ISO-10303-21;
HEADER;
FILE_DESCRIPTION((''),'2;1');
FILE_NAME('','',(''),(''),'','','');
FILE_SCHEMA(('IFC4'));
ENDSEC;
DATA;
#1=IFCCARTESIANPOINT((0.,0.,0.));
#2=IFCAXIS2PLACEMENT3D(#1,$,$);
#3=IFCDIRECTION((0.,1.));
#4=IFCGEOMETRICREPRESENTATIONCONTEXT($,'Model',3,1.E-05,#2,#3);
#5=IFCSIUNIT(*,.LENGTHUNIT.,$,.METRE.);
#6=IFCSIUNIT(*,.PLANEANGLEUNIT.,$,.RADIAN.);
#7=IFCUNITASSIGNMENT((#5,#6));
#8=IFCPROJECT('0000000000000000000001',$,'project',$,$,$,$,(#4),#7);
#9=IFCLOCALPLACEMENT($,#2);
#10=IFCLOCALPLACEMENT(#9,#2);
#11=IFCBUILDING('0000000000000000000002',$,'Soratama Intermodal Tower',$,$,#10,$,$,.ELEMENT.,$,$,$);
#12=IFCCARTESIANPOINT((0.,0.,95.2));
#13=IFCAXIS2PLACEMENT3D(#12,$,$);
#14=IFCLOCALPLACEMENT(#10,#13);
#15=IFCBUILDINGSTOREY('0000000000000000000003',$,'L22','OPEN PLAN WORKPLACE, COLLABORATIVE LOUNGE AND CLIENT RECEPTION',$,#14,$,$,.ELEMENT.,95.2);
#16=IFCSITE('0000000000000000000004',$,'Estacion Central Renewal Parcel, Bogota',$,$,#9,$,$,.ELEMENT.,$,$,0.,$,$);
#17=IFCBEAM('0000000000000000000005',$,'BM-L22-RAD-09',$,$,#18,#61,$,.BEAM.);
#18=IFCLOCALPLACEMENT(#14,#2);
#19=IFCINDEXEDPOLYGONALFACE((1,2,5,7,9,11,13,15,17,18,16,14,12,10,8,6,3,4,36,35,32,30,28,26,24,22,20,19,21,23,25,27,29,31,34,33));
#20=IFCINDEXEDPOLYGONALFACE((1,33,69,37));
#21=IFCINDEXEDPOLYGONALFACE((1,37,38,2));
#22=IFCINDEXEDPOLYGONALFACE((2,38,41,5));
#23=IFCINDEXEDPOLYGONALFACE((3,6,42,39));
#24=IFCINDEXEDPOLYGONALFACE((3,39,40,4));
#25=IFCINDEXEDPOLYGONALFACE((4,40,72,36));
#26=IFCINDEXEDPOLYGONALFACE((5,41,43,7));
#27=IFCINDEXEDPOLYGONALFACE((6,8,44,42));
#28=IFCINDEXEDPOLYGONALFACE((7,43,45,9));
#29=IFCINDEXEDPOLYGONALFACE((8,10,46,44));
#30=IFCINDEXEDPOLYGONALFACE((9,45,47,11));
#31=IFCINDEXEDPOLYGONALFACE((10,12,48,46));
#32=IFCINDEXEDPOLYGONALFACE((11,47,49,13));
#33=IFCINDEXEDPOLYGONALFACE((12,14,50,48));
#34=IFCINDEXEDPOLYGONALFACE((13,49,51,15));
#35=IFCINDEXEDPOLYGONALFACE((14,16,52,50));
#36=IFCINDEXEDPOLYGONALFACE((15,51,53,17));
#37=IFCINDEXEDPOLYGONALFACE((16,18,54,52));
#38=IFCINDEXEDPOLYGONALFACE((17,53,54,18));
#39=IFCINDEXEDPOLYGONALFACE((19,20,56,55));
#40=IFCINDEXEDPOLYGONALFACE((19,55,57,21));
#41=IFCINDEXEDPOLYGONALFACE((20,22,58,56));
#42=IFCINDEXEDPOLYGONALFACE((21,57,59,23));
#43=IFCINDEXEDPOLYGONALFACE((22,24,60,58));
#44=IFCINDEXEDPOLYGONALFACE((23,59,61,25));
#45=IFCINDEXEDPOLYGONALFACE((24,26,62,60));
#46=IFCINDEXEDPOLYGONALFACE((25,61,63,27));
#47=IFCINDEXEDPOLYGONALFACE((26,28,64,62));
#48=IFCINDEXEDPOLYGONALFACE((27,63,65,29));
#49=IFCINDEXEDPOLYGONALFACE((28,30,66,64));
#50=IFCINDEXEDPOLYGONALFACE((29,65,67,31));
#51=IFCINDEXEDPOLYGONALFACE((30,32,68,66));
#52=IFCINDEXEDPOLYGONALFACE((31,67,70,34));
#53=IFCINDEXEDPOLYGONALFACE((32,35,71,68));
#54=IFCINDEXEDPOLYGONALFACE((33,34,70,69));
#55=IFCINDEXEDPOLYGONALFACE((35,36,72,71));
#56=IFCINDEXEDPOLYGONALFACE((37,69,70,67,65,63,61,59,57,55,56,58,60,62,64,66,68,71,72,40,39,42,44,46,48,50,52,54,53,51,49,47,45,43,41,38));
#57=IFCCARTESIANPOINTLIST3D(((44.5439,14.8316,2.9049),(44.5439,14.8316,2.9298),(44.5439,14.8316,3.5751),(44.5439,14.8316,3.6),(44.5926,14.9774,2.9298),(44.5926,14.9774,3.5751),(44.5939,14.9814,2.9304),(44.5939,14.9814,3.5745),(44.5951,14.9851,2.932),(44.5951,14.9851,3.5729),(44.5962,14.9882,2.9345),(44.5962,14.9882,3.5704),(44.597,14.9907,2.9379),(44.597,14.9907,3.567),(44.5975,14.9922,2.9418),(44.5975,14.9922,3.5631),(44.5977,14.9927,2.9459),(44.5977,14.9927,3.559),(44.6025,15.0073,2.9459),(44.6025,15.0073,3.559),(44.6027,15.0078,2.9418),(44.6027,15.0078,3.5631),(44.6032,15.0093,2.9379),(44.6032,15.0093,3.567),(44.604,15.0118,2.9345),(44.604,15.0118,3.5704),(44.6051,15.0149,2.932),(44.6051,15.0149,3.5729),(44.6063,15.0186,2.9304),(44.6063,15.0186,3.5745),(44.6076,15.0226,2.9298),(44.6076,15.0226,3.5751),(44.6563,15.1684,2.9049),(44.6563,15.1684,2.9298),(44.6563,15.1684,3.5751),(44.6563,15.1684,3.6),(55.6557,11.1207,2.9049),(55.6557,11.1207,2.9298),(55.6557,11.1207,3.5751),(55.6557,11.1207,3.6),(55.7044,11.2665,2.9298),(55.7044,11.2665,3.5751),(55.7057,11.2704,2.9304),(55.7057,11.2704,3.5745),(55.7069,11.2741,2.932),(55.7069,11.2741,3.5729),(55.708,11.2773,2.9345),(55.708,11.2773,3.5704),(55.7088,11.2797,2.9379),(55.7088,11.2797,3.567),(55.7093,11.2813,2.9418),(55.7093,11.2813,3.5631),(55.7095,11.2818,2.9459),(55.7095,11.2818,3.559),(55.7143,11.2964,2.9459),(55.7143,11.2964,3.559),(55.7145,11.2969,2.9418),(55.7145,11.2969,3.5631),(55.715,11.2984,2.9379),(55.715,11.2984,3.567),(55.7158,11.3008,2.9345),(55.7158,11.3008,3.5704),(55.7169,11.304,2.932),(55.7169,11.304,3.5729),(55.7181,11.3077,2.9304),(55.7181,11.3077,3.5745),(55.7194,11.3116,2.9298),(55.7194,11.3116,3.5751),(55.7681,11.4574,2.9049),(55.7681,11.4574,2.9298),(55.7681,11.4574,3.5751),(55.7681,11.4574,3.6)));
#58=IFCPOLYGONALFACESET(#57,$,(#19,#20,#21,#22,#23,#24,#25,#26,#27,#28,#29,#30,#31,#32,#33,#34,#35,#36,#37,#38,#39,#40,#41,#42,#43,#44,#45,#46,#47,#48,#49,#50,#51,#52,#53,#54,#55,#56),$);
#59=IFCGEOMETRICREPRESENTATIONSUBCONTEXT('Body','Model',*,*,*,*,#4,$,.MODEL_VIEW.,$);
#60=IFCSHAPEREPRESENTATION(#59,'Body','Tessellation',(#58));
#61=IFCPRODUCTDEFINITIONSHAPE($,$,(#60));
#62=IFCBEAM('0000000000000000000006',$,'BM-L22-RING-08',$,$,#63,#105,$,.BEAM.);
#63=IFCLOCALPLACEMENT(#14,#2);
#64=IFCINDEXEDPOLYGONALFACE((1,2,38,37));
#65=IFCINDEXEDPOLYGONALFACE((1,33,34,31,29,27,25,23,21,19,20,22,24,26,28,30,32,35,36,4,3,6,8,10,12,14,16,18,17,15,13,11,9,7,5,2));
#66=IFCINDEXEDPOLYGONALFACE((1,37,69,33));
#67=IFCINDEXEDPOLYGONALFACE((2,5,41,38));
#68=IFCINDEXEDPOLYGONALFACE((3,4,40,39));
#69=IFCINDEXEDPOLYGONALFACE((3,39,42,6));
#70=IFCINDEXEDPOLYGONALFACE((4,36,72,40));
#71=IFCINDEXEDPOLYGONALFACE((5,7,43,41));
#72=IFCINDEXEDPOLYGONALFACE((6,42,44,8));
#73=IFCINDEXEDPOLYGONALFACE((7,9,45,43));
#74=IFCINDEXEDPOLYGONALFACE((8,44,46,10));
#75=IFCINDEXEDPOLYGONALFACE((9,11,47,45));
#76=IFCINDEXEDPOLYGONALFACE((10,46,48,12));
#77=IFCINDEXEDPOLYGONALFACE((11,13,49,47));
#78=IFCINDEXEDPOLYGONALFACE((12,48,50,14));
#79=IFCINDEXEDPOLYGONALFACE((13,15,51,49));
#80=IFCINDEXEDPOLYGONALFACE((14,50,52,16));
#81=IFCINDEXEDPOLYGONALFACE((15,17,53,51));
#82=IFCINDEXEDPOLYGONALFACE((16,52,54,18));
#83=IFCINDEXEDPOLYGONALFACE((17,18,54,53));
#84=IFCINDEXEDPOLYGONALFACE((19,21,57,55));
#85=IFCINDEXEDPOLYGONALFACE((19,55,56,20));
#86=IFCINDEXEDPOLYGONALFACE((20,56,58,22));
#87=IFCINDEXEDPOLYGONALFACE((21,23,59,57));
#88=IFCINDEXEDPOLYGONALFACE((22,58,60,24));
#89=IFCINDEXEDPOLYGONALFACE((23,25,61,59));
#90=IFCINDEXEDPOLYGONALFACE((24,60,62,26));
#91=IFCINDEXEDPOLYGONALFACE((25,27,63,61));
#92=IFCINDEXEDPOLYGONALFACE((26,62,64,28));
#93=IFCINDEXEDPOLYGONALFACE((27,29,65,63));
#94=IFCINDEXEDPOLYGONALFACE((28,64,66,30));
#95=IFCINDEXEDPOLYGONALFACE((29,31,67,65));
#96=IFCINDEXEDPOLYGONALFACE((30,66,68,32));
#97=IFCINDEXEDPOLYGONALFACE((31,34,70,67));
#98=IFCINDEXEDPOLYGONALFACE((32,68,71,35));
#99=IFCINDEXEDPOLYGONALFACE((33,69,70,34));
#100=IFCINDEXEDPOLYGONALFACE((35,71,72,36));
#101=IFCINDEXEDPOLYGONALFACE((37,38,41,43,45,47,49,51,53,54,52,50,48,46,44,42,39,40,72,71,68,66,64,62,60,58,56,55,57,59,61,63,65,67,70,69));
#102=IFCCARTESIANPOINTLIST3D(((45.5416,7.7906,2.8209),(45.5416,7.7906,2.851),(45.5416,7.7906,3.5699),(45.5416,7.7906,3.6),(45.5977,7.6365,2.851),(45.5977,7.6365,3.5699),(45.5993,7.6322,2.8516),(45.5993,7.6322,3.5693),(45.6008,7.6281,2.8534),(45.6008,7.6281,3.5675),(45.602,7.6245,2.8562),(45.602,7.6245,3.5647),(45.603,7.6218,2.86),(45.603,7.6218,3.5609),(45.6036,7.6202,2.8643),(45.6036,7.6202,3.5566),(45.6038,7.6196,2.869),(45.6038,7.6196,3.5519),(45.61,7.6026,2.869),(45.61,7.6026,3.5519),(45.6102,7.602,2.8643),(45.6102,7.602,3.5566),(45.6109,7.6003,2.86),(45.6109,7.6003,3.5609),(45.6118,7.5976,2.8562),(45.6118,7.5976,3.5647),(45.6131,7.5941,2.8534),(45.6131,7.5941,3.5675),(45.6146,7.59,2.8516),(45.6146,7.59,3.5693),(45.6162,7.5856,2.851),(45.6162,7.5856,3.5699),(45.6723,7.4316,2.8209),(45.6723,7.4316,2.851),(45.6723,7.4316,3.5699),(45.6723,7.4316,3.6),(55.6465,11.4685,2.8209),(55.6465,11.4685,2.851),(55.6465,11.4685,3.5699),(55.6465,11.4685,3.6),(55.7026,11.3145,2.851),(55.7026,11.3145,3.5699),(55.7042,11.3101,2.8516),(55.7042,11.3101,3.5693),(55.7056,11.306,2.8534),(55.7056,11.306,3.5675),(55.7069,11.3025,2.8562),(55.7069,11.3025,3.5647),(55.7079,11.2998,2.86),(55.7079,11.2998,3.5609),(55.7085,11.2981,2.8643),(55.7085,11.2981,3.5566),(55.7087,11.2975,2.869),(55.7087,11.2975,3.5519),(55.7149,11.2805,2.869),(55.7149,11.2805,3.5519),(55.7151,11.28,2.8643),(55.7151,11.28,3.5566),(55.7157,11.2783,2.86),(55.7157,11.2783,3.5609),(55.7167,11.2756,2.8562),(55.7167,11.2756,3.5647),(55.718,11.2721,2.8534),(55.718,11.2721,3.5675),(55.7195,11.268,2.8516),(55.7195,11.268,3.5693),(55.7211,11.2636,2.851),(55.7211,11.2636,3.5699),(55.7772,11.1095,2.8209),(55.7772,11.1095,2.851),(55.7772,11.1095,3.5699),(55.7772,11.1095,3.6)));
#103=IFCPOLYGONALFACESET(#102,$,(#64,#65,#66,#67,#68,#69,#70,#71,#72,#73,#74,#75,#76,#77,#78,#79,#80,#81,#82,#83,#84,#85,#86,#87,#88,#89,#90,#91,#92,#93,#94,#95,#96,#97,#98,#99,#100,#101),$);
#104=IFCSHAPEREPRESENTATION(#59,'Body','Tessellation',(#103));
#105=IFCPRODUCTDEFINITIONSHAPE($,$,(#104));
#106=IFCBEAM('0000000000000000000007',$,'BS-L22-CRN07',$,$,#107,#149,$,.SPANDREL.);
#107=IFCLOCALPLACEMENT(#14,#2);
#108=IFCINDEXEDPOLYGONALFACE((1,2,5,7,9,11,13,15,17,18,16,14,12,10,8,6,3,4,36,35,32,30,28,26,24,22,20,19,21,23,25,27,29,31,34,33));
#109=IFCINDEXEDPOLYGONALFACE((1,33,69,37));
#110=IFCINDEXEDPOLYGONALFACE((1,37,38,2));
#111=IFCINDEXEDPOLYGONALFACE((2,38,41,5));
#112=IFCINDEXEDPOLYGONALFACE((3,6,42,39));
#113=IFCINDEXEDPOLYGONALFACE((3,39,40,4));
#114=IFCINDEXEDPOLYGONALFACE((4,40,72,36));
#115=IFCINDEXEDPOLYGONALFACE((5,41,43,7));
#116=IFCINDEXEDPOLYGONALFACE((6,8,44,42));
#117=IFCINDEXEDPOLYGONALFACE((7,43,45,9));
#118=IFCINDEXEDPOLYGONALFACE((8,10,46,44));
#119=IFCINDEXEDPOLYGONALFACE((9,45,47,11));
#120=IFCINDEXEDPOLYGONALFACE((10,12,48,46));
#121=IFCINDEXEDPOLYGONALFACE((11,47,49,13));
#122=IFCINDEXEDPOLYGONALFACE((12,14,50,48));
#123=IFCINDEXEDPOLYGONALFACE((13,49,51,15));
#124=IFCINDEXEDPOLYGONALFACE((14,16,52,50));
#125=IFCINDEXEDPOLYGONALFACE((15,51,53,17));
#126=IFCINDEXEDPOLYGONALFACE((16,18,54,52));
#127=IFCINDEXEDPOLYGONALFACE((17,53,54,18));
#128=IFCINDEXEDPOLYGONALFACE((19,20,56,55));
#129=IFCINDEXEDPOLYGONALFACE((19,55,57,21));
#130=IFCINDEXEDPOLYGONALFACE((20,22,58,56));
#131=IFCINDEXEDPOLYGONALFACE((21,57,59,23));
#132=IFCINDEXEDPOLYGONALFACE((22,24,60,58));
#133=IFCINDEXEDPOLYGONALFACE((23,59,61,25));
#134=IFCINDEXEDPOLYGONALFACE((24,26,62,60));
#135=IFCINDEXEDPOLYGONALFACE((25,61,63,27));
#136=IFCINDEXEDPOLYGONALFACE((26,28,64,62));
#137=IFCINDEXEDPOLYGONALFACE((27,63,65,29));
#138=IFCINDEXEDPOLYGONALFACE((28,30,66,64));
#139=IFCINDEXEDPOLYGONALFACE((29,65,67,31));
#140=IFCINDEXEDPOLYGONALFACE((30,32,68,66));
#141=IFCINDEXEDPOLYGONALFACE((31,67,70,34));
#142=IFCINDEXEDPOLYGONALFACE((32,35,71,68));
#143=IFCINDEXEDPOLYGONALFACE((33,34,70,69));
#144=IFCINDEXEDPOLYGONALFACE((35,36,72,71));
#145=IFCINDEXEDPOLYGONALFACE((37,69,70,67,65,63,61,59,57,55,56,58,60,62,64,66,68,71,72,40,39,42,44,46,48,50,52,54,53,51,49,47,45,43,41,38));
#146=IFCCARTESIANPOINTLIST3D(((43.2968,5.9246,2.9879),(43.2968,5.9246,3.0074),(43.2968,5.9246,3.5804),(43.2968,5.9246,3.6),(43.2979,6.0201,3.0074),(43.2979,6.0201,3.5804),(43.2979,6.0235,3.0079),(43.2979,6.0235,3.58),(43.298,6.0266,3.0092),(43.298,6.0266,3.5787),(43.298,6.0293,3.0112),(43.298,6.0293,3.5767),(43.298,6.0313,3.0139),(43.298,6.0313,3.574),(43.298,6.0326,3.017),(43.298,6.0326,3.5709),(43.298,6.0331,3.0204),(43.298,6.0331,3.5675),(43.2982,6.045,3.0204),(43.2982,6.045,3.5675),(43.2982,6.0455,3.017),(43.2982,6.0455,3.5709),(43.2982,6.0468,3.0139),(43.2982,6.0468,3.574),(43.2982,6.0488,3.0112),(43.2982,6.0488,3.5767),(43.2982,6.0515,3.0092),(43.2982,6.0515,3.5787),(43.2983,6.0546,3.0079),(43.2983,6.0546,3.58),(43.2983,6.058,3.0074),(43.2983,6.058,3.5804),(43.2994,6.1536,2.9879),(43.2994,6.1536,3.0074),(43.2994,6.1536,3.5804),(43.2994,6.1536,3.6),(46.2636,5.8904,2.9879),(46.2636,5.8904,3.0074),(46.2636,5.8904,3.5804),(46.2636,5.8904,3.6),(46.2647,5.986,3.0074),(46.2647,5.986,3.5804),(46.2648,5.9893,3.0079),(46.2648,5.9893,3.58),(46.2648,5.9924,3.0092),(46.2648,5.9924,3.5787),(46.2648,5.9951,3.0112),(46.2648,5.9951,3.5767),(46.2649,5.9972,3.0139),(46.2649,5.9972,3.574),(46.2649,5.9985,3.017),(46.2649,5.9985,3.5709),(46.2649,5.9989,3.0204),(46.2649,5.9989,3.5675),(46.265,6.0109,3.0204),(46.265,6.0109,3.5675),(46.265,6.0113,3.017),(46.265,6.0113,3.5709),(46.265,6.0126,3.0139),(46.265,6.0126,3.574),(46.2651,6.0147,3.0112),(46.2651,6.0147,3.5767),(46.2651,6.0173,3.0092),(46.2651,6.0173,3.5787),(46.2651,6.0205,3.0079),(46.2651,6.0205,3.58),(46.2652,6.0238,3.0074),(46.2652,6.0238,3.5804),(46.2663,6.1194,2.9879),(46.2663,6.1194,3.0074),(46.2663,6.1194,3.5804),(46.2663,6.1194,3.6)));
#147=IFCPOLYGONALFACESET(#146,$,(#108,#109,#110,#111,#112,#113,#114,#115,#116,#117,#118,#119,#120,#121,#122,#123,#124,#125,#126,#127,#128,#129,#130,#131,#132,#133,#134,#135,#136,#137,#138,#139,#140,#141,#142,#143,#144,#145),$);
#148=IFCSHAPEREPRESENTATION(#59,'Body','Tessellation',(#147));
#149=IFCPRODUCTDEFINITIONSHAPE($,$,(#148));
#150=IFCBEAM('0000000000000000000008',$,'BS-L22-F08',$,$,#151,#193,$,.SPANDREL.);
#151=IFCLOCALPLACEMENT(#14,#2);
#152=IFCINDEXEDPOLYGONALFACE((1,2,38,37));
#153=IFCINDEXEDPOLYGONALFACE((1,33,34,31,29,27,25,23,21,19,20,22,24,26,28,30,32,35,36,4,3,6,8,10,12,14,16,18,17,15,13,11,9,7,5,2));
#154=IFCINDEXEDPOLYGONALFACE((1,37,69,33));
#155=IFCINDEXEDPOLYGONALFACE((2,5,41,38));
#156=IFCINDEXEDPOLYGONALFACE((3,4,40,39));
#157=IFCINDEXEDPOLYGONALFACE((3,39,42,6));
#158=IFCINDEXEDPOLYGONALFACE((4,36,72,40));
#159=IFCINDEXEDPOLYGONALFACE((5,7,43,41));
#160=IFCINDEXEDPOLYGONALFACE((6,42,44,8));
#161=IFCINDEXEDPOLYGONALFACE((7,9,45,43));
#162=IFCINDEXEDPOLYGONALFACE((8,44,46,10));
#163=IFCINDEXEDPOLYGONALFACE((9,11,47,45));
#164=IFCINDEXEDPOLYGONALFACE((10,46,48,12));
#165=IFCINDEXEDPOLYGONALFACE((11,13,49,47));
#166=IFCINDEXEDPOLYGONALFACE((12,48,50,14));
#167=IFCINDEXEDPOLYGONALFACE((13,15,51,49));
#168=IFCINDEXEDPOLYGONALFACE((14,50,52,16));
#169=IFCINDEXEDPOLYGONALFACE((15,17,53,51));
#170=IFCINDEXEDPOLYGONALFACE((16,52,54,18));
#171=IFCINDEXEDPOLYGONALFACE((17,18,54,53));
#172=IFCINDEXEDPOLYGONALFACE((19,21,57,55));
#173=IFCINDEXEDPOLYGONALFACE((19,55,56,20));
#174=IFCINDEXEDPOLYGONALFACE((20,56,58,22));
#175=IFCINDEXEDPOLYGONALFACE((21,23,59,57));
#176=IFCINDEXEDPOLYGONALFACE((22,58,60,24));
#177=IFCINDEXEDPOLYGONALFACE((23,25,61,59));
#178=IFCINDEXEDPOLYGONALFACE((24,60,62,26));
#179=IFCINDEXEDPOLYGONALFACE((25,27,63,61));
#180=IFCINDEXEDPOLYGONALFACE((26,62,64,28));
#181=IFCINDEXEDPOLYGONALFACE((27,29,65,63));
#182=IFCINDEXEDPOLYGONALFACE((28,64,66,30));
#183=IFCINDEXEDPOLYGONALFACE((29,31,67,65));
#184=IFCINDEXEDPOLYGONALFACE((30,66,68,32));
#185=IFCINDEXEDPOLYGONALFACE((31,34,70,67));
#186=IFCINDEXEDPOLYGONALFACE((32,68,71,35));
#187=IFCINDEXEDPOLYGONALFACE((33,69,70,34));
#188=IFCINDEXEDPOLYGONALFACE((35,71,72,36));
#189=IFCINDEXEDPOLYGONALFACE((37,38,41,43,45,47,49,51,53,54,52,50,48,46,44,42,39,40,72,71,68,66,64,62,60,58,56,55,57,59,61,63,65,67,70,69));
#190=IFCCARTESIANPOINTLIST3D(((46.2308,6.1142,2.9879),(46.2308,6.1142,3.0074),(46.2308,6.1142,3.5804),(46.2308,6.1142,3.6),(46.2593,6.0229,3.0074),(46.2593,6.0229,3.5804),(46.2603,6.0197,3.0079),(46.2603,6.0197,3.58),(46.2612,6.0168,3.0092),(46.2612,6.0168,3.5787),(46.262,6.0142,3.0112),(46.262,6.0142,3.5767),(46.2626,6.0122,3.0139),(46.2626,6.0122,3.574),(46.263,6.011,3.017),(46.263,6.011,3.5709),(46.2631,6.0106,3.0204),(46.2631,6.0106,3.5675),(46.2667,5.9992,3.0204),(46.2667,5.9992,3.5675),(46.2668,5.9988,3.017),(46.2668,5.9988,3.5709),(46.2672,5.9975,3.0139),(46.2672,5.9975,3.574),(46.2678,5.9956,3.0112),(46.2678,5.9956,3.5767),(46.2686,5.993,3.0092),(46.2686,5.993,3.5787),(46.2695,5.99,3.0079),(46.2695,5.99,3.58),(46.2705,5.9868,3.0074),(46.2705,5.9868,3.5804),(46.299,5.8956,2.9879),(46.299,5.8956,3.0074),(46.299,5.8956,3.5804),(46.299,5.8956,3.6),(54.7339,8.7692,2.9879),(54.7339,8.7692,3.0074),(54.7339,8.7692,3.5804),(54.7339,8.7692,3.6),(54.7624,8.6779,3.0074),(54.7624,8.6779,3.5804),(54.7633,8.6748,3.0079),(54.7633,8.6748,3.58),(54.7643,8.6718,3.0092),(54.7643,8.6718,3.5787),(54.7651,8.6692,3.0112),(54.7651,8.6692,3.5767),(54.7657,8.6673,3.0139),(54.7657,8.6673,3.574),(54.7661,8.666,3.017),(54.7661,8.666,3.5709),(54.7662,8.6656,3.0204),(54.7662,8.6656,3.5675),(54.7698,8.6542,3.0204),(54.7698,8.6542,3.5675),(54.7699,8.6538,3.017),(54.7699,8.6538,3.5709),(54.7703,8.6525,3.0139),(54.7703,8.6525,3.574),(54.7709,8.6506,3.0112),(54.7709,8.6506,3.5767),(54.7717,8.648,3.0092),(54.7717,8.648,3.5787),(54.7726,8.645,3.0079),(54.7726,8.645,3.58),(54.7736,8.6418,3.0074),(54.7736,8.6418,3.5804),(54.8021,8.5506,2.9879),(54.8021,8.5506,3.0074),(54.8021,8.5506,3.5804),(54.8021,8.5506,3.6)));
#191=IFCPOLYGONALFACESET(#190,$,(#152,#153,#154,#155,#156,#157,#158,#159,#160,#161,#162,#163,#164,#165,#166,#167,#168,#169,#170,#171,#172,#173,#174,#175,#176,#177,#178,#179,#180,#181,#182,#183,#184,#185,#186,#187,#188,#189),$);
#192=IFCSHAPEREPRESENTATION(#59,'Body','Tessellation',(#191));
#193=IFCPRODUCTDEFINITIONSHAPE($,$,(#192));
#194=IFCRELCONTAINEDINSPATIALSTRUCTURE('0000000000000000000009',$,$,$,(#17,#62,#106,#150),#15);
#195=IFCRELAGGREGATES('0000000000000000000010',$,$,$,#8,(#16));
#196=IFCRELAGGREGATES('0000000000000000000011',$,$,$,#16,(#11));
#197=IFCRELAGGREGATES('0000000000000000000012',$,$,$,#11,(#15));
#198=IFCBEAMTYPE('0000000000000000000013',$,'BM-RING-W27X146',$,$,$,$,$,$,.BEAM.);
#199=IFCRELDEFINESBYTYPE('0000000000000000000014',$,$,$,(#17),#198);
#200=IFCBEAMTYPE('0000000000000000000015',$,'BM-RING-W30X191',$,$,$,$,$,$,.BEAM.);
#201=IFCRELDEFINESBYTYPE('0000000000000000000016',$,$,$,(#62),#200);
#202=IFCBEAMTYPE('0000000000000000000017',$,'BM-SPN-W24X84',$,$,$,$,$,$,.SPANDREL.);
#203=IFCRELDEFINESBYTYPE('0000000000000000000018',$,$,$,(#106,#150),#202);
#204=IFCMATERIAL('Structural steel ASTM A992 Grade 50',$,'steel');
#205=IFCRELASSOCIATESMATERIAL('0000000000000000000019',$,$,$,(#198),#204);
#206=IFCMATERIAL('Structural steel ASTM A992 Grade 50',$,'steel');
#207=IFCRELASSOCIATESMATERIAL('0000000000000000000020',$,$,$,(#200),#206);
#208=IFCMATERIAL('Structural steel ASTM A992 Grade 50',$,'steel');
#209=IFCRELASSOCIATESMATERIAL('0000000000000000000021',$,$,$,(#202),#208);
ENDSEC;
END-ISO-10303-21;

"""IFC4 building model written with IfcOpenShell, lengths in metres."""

from ifc_helpers import new_model, si_unit, direction, frame, origin, origin_2d, place, context, subcontext, project, spatial, i_section, extrude, material, material_profile, profile_set, type_object, element, save


model = new_model("IFC4")

# Units and contexts
model_context = context("Model", 3, precision=1e-05, world=origin(), true_north=direction((0.0, 1.0)))
body_context = subcontext(model_context, "Body", "Model", "MODEL_VIEW")
ifc_project = project(units=[si_unit("LENGTHUNIT", "METRE"), si_unit("PLANEANGLEUNIT", "RADIAN")], contexts=[model_context])

# Site, building, storey
site_placement = place(None, origin())
site = spatial("IfcSite", under=ifc_project, at=site_placement, Name="Estacion Central Renewal Parcel, Bogota", CompositionType="ELEMENT", RefElevation=0.0)
building_placement = place(site_placement, origin())
building = spatial("IfcBuilding", under=site, at=building_placement, Name="Soratama Intermodal Tower", CompositionType="ELEMENT")
storey_placement = place(building_placement, frame((0.0, 0.0, 95.2)))
storey = spatial("IfcBuildingStorey", under=building, at=storey_placement, Name="L22", Description="OPEN PLAN WORKPLACE, COLLABORATIVE LOUNGE AND CLIENT RECEPTION", CompositionType="ELEMENT", Elevation=95.2)

# Beams
ifc_material_1 = material(Name="Structural steel ASTM A992 Grade 50", Category="steel")
ifc_material_profile_1 = material_profile(ifc_material_1, i_section(OverallWidth=0.355, OverallDepth=0.6951, WebThickness=0.0154, FlangeThickness=0.0249, FilletRadius=0.0161, at=origin_2d()), Name="W27X146")
ifc_profile_set_1 = profile_set([ifc_material_profile_1], Name="Structural steel ASTM A992 Grade 50")
beam_type_1 = type_object("IfcBeamType", Name="BM-RING-W27X146", PredefinedType="BEAM", material=ifc_profile_set_1)
beam_1_placement = place(storey_placement, frame((44.6001, 15.0, 3.2524), z_axis=(0.948504, -0.316765, 0.0), x_axis=(0.316765, 0.948504, 0.0)))
element("IfcBeam", 1, at=beam_1_placement, inside=storey, type_object=beam_type_1, Name="BM-L22-RAD-09", PredefinedType="BEAM", context=body_context, shape_type="SweptSolid", body=[
    extrude(i_section(OverallWidth=0.355, OverallDepth=0.6951, WebThickness=0.0154, FlangeThickness=0.0249, FilletRadius=0.0161, at=origin_2d()), origin(), (0.0, 0.0, 1.0), 11.7151),
])
ifc_material_2 = material(Name="Structural steel ASTM A992 Grade 50", Category="steel")
ifc_material_profile_2 = material_profile(ifc_material_2, i_section(OverallWidth=0.3821, OverallDepth=0.7791, WebThickness=0.0181, FlangeThickness=0.03, FilletRadius=0.0181, at=origin_2d()), Name="W30X191")
ifc_profile_set_2 = profile_set([ifc_material_profile_2], Name="Structural steel ASTM A992 Grade 50")
beam_type_2 = type_object("IfcBeamType", Name="BM-RING-W30X191", PredefinedType="BEAM", material=ifc_profile_set_2)
beam_2_placement = place(storey_placement, frame((45.6069, 7.6111, 3.2104), z_axis=(0.939691, 0.342026, 0.0), x_axis=(-0.342026, 0.939691, 0.0)))
element("IfcBeam", 2, at=beam_2_placement, inside=storey, type_object=beam_type_2, Name="BM-L22-RING-08", PredefinedType="BEAM", context=body_context, shape_type="SweptSolid", body=[
    extrude(i_section(OverallWidth=0.3821, OverallDepth=0.7791, WebThickness=0.0181, FlangeThickness=0.03, FilletRadius=0.0181, at=origin_2d()), origin(), (0.0, 0.0, 1.0), 10.7534),
])
ifc_material_3 = material(Name="Structural steel ASTM A992 Grade 50", Category="steel")
ifc_material_profile_3 = material_profile(ifc_material_3, i_section(OverallWidth=0.229, OverallDepth=0.6121, WebThickness=0.012, FlangeThickness=0.0195, FilletRadius=0.0129, at=origin_2d()), Name="W24X84")
ifc_profile_set_3 = profile_set([ifc_material_profile_3], Name="Structural steel ASTM A992 Grade 50")
beam_type_3 = type_object("IfcBeamType", Name="BM-SPN-W24X84", PredefinedType="SPANDREL", material=ifc_profile_set_3)
beam_3_placement = place(storey_placement, frame((43.2981, 6.0391, 3.2939), z_axis=(0.999934, -0.01152, 0.0), x_axis=(0.01152, 0.999934, 0.0)))
element("IfcBeam", 3, at=beam_3_placement, inside=storey, type_object=beam_type_3, Name="BS-L22-CRN07", PredefinedType="SPANDREL", context=body_context, shape_type="SweptSolid", body=[
    extrude(i_section(OverallWidth=0.229, OverallDepth=0.6121, WebThickness=0.012, FlangeThickness=0.0195, FilletRadius=0.0129, at=origin_2d()), origin(), (0.0, 0.0, 1.0), 2.967),
])
beam_4_placement = place(storey_placement, frame((46.2649, 6.0049, 3.2939), z_axis=(0.954551, 0.298049, 0.0), x_axis=(-0.298049, 0.954551, 0.0)))
element("IfcBeam", 4, at=beam_4_placement, inside=storey, type_object=beam_type_3, Name="BS-L22-F08", PredefinedType="SPANDREL", context=body_context, shape_type="SweptSolid", body=[
    extrude(i_section(OverallWidth=0.229, OverallDepth=0.6121, WebThickness=0.012, FlangeThickness=0.0195, FilletRadius=0.0129, at=origin_2d()), origin(), (0.0, 0.0, 1.0), 8.908),
])

save(model, "model.ifc")
